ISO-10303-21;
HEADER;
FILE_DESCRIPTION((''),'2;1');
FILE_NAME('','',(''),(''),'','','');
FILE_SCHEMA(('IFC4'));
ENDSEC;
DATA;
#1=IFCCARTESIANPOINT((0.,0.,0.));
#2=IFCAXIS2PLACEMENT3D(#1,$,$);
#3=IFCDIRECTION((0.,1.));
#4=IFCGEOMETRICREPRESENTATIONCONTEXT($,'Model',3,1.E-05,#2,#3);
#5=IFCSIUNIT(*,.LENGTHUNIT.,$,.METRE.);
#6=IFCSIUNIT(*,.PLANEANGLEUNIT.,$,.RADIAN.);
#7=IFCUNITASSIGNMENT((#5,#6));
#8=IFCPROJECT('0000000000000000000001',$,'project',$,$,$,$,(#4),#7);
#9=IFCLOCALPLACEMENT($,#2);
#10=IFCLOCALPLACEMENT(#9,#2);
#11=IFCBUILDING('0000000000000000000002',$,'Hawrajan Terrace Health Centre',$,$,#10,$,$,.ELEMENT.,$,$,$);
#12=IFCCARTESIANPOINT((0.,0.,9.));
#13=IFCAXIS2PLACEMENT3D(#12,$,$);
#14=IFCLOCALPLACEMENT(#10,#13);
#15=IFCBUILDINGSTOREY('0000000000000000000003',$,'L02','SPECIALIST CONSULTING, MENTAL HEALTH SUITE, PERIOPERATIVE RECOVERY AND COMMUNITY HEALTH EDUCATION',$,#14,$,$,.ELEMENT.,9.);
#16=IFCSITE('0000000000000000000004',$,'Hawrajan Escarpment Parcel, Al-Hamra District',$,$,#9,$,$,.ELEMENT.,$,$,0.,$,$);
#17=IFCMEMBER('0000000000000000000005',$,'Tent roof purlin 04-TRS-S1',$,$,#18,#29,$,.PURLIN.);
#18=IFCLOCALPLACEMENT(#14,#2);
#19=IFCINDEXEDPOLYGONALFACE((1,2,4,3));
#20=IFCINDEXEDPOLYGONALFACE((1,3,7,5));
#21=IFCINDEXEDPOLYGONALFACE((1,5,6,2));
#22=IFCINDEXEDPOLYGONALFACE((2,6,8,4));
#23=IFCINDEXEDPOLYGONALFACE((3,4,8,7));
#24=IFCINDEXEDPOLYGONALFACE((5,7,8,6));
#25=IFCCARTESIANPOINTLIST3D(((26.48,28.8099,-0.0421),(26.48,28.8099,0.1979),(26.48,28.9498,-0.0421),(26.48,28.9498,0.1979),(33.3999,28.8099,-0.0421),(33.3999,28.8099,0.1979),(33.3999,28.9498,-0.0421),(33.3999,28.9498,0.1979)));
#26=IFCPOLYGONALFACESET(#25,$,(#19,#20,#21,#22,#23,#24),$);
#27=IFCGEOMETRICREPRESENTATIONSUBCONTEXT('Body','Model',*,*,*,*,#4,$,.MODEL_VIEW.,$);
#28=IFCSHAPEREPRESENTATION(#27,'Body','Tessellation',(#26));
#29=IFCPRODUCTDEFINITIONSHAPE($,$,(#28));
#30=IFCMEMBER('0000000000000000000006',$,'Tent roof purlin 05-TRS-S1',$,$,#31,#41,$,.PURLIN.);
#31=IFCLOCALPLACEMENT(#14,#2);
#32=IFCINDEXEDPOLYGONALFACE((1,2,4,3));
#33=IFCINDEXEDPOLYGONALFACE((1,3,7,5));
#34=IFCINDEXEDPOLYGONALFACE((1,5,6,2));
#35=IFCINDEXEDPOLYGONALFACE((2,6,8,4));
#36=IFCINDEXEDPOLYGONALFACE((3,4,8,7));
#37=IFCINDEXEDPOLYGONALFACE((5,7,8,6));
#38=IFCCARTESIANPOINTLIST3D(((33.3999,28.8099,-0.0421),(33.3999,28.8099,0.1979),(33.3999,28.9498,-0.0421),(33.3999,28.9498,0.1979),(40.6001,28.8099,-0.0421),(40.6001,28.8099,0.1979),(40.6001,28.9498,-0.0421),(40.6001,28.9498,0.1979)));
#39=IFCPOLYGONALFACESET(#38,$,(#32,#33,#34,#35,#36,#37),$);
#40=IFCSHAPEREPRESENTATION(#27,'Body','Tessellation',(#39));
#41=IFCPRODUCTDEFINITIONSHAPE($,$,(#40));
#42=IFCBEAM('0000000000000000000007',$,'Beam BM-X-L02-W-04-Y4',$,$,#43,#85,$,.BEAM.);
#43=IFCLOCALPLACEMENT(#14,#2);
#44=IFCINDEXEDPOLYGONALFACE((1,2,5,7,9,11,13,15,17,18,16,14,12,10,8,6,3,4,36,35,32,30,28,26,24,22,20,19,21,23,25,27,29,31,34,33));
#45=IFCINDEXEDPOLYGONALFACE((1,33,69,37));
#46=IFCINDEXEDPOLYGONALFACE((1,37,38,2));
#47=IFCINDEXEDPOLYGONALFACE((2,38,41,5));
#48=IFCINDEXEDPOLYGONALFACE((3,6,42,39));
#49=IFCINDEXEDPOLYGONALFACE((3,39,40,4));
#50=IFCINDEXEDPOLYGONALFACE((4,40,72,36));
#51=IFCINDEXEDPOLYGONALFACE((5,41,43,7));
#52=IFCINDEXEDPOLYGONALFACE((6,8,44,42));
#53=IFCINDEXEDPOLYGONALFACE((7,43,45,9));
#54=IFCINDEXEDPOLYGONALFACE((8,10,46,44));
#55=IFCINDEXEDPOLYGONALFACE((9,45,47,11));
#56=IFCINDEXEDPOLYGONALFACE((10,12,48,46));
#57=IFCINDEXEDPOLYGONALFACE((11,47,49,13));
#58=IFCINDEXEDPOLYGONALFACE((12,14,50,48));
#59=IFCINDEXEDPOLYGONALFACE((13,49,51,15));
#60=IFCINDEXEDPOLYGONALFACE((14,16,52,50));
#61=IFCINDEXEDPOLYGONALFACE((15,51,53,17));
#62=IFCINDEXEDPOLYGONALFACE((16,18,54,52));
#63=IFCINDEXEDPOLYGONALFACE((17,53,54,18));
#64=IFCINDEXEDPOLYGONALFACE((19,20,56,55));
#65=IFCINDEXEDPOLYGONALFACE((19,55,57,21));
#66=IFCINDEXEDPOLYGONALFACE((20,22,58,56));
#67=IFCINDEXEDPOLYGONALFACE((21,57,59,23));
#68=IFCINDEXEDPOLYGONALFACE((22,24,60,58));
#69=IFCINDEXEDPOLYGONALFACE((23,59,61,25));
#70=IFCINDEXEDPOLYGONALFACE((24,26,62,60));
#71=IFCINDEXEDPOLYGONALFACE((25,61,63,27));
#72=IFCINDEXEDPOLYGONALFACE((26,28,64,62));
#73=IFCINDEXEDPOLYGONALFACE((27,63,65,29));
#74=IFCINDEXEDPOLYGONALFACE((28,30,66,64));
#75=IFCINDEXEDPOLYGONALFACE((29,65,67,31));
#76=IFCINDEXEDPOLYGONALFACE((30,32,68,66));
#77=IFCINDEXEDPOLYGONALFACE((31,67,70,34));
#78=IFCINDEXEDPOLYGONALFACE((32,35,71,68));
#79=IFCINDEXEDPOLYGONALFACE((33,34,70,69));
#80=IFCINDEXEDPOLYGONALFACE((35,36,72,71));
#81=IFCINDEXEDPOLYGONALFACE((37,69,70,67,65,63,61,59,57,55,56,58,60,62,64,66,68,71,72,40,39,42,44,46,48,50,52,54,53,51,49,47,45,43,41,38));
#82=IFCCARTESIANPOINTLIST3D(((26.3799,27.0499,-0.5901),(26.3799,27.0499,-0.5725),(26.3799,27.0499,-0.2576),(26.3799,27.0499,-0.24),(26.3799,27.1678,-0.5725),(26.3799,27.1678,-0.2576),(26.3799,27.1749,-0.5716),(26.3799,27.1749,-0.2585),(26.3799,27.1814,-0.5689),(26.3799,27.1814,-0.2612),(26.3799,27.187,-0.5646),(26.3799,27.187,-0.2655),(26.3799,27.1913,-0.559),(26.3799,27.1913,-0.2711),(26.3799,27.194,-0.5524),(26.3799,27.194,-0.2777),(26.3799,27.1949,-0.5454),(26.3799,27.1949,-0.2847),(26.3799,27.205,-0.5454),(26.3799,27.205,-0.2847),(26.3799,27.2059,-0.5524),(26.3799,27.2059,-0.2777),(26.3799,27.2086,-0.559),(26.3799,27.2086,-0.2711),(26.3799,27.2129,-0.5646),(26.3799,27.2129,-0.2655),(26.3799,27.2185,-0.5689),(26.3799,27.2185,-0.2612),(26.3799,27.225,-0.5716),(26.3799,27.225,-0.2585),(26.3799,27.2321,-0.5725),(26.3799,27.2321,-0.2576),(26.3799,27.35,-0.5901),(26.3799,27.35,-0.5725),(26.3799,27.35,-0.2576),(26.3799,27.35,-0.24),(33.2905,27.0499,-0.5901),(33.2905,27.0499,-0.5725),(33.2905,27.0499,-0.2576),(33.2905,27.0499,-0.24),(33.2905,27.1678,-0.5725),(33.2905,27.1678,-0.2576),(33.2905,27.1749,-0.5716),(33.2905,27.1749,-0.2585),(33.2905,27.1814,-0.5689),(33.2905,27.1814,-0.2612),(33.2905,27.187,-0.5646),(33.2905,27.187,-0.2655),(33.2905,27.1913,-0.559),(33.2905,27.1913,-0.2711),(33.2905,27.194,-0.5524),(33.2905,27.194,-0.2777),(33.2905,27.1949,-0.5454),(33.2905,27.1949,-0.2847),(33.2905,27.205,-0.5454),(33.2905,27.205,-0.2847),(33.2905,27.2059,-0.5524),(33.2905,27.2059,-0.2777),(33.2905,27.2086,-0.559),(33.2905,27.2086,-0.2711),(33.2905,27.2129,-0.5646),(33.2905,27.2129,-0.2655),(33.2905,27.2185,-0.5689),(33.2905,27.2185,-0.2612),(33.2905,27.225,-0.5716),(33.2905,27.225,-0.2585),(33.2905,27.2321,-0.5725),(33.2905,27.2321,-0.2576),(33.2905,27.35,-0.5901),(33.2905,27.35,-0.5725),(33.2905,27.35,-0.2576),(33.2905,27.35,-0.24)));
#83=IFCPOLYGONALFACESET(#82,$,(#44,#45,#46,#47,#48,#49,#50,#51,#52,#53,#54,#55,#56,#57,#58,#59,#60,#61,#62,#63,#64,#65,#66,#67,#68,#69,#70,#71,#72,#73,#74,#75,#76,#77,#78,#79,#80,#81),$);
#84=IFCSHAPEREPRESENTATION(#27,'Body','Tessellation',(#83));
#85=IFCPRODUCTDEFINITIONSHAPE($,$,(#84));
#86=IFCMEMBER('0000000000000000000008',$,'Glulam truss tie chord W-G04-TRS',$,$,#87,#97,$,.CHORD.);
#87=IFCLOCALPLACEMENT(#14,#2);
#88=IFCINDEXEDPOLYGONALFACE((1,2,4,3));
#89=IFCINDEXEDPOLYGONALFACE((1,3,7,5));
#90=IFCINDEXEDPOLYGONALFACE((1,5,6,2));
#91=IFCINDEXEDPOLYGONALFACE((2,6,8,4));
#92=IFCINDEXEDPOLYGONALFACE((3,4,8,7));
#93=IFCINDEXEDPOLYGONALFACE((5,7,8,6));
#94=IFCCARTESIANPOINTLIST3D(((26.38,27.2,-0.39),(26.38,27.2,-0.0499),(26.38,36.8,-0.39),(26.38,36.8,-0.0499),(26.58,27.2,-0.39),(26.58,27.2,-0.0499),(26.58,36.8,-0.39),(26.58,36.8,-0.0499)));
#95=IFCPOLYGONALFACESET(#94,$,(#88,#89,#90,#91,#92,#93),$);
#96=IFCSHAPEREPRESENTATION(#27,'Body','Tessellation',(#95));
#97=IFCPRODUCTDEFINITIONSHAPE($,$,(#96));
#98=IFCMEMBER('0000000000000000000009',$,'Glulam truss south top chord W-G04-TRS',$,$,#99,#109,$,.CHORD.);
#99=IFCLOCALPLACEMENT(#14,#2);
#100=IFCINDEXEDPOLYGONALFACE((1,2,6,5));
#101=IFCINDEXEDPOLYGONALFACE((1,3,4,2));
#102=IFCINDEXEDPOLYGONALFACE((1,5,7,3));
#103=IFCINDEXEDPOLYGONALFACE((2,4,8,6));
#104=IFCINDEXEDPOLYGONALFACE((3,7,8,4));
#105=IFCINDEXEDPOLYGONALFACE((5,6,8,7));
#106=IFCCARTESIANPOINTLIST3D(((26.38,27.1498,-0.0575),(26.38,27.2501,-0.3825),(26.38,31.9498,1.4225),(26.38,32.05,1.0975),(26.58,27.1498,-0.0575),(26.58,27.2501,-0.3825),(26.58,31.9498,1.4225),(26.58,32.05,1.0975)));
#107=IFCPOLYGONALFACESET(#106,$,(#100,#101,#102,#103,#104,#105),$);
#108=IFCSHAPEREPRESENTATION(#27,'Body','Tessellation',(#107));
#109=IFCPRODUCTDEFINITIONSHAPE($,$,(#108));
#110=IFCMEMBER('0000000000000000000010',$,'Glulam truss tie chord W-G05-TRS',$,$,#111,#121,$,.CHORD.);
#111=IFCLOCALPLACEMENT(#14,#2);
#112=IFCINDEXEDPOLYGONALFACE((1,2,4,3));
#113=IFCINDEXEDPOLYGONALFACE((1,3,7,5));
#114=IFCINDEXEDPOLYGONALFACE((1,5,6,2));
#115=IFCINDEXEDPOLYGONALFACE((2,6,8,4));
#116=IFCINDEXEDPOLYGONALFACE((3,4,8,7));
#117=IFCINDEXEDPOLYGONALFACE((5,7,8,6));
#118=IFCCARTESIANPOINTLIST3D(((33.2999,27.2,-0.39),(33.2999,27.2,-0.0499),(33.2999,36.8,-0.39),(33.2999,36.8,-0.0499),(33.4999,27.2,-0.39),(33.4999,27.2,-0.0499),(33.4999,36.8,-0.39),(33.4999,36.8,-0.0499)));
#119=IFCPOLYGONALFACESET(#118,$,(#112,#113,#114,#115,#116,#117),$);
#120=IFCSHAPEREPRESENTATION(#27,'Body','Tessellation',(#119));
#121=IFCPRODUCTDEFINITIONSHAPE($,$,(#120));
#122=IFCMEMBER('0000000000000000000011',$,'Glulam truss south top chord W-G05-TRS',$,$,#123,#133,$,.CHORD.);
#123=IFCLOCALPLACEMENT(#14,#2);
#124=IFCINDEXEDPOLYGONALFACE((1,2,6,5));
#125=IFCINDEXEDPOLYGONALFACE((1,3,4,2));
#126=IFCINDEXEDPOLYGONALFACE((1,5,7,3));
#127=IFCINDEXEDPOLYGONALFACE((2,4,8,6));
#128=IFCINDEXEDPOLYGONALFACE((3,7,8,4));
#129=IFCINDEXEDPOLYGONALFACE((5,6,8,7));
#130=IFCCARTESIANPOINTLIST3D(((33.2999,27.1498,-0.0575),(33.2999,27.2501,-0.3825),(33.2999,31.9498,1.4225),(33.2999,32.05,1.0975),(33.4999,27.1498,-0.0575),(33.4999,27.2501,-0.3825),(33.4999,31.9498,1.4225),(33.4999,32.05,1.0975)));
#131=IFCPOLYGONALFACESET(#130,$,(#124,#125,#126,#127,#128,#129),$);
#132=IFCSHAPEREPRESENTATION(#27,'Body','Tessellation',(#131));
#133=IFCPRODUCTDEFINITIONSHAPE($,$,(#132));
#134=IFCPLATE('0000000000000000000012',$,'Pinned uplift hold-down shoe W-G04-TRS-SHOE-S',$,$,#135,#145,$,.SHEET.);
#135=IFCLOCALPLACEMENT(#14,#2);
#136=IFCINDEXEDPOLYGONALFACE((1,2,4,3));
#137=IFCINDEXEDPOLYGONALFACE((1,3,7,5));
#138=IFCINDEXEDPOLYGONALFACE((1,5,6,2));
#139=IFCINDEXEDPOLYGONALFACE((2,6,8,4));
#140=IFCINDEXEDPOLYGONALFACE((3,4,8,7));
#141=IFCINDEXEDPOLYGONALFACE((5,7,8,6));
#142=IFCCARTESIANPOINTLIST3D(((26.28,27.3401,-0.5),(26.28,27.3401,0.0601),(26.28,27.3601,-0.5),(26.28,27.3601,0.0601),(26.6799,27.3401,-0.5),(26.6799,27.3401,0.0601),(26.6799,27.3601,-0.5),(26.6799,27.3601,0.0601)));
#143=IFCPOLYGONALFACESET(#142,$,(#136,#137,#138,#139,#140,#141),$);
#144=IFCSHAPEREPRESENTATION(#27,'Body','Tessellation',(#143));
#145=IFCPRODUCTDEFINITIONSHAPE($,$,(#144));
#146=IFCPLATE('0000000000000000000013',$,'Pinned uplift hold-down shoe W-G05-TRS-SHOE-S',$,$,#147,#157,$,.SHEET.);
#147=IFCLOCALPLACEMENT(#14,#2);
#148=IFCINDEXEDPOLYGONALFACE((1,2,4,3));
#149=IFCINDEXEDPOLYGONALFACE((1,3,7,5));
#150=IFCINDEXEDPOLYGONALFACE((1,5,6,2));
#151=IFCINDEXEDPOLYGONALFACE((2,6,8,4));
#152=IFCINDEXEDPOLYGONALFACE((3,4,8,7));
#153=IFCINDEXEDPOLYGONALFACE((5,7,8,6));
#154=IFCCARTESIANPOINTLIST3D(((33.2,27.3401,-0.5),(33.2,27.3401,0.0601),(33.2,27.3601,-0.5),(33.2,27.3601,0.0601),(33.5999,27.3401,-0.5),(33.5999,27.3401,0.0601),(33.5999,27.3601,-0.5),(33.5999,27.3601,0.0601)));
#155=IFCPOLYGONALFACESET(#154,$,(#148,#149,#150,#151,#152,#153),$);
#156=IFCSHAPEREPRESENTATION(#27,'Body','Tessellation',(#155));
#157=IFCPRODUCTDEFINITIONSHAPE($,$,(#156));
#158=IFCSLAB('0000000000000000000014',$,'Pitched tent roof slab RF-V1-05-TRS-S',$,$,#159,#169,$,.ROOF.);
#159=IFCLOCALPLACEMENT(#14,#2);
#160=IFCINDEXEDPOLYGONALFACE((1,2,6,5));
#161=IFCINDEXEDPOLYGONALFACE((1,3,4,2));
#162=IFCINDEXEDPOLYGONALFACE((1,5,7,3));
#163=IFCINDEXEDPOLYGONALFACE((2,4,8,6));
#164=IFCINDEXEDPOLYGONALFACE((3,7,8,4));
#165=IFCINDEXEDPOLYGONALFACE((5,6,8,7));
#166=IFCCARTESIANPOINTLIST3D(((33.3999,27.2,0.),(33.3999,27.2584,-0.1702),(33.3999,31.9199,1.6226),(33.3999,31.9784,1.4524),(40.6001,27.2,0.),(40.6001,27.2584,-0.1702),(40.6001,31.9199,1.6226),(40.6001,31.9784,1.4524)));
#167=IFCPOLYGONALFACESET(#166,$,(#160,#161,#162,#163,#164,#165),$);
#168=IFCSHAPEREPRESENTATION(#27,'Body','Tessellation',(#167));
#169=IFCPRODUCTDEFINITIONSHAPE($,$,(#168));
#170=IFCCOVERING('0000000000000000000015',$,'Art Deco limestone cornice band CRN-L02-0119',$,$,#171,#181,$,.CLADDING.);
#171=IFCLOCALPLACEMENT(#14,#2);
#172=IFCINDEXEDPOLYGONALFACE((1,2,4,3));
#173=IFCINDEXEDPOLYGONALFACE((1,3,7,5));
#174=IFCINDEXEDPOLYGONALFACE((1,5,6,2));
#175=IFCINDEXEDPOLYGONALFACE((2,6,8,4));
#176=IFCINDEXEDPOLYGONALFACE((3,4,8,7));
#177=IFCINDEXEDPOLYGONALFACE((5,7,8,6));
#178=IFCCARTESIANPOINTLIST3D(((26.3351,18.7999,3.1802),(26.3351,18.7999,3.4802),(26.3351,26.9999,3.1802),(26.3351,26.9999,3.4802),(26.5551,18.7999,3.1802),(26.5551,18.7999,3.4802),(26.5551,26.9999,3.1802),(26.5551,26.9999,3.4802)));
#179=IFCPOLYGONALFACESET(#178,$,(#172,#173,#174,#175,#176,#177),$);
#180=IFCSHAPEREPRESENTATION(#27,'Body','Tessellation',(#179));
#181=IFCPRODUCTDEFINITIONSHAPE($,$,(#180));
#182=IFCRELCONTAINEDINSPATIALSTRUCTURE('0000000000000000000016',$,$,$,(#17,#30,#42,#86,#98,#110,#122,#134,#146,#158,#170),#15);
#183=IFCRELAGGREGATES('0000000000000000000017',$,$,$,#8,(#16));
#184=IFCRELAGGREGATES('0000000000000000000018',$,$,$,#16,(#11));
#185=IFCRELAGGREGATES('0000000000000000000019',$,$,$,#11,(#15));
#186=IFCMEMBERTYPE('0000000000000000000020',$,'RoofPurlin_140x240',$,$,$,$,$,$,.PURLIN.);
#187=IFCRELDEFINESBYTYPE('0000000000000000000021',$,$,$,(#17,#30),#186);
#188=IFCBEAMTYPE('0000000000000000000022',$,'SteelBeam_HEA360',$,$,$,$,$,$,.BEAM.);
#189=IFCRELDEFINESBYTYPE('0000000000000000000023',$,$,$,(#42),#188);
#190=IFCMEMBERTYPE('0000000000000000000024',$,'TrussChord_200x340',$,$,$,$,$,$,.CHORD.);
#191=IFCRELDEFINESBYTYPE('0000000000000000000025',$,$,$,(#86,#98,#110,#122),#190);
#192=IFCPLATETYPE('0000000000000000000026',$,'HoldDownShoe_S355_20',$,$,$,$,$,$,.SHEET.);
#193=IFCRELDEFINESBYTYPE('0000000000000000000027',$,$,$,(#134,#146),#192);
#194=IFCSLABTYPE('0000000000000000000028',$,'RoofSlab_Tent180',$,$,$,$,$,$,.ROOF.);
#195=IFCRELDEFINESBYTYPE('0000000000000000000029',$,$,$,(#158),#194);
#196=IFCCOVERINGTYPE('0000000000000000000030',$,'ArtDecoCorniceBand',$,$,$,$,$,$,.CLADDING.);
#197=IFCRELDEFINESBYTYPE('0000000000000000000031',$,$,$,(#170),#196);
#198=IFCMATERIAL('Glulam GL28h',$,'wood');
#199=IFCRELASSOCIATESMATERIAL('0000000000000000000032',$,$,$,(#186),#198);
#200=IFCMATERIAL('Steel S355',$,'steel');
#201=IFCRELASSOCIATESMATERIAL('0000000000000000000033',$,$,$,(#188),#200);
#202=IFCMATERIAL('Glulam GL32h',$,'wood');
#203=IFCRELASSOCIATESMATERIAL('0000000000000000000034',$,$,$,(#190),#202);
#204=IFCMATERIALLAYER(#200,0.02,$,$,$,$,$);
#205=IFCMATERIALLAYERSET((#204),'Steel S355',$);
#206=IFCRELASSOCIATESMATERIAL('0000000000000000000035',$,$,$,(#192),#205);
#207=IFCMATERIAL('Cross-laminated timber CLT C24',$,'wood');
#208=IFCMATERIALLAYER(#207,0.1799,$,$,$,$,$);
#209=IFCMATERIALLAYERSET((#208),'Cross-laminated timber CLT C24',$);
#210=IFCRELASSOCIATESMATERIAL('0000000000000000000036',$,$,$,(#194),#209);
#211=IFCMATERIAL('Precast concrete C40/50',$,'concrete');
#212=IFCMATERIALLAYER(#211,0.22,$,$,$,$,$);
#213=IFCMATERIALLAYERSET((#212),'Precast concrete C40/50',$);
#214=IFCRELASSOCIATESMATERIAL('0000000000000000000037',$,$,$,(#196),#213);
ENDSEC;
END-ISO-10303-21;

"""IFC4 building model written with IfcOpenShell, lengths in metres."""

from ifc_helpers import new_model, si_unit, direction, frame, origin, origin_2d, place, context, subcontext, project, spatial, polyline, rectangle, i_section, outline, extrude, material, layer, layer_set, material_profile, profile_set, type_object, element, save


model = new_model("IFC4")

# Units and contexts
model_context = context("Model", 3, precision=1e-05, world=origin(), true_north=direction((0.0, 1.0)))
body_context = subcontext(model_context, "Body", "Model", "MODEL_VIEW")
ifc_project = project(units=[si_unit("LENGTHUNIT", "METRE"), si_unit("PLANEANGLEUNIT", "RADIAN")], contexts=[model_context])

# Site, building, storey
site_placement = place(None, origin())
site = spatial("IfcSite", under=ifc_project, at=site_placement, Name="Hawrajan Escarpment Parcel, Al-Hamra District", CompositionType="ELEMENT", RefElevation=0.0)
building_placement = place(site_placement, origin())
building = spatial("IfcBuilding", under=site, at=building_placement, Name="Hawrajan Terrace Health Centre", CompositionType="ELEMENT")
storey_placement = place(building_placement, frame((0.0, 0.0, 9.0)))
storey = spatial("IfcBuildingStorey", under=building, at=storey_placement, Name="L02", Description="SPECIALIST CONSULTING, MENTAL HEALTH SUITE, PERIOPERATIVE RECOVERY AND COMMUNITY HEALTH EDUCATION", CompositionType="ELEMENT", Elevation=9.0)

# Members
ifc_material_1 = material(Name="Glulam GL28h", Category="wood")
ifc_material_profile_1 = material_profile(ifc_material_1, rectangle(XDim=0.1399, YDim=0.24, at=origin_2d()), Name="GL PUR 140x240")
ifc_profile_set_1 = profile_set([ifc_material_profile_1], Name="Glulam GL28h")
member_type_1 = type_object("IfcMemberType", Name="RoofPurlin_140x240", PredefinedType="PURLIN", material=ifc_profile_set_1)
member_1_placement = place(storey_placement, frame((26.48, 28.8799, 0.0779), z_axis=(1.0, 0.0, 0.0), x_axis=(0.0, 1.0, 0.0)))
element("IfcMember", 1, at=member_1_placement, inside=storey, type_object=member_type_1, Name="Tent roof purlin 04-TRS-S1", PredefinedType="PURLIN", context=body_context, shape_type="SweptSolid", body=[
    extrude(rectangle(XDim=0.1399, YDim=0.24, at=origin_2d()), origin(), (0.0, 0.0, 1.0), 6.9199),
])
member_2_placement = place(storey_placement, frame((33.3999, 28.8799, 0.0779), z_axis=(1.0, 0.0, 0.0), x_axis=(0.0, 1.0, 0.0)))
element("IfcMember", 2, at=member_2_placement, inside=storey, type_object=member_type_1, Name="Tent roof purlin 05-TRS-S1", PredefinedType="PURLIN", context=body_context, shape_type="SweptSolid", body=[
    extrude(rectangle(XDim=0.1399, YDim=0.24, at=origin_2d()), origin(), (0.0, 0.0, 1.0), 7.2002),
])

# Beam
ifc_material_2 = material(Name="Steel S355", Category="steel")
ifc_material_profile_2 = material_profile(ifc_material_2, i_section(OverallWidth=0.3, OverallDepth=0.3501, WebThickness=0.01, FlangeThickness=0.0176, FilletRadius=0.0271, at=origin_2d()), Name="HEA 360")
ifc_profile_set_2 = profile_set([ifc_material_profile_2], Name="Steel S355")
beam_type = type_object("IfcBeamType", Name="SteelBeam_HEA360", PredefinedType="BEAM", material=ifc_profile_set_2)
beam_placement = place(storey_placement, frame((26.3799, 27.2, -0.415), z_axis=(1.0, 0.0, 0.0), x_axis=(0.0, 1.0, 0.0)))
element("IfcBeam", 3, at=beam_placement, inside=storey, type_object=beam_type, Name="Beam BM-X-L02-W-04-Y4", PredefinedType="BEAM", context=body_context, shape_type="SweptSolid", body=[
    extrude(i_section(OverallWidth=0.3, OverallDepth=0.3501, WebThickness=0.01, FlangeThickness=0.0176, FilletRadius=0.0271, at=origin_2d()), origin(), (0.0, 0.0, 1.0), 6.9106),
])

# Members
ifc_material_3 = material(Name="Glulam GL32h", Category="wood")
ifc_material_profile_3 = material_profile(ifc_material_3, rectangle(XDim=0.2, YDim=0.3401, at=origin_2d()), Name="GL CHD 200x340")
ifc_profile_set_3 = profile_set([ifc_material_profile_3], Name="Glulam GL32h")
member_type_2 = type_object("IfcMemberType", Name="TrussChord_200x340", PredefinedType="CHORD", material=ifc_profile_set_3)
member_3_placement = place(storey_placement, frame((26.48, 27.2, -0.22), z_axis=(0.0, 1.0, 0.0), x_axis=(-1.0, 0.0, 0.0)))
element("IfcMember", 4, at=member_3_placement, inside=storey, type_object=member_type_2, Name="Glulam truss tie chord W-G04-TRS", PredefinedType="CHORD", context=body_context, shape_type="SweptSolid", body=[
    extrude(rectangle(XDim=0.2, YDim=0.3401, at=origin_2d()), origin(), (0.0, 0.0, 1.0), 9.6001),
])
member_4_placement = place(storey_placement, frame((26.48, 27.2, -0.22), z_axis=(0.0, 0.955609, 0.294639), x_axis=(-1.0, 0.0, 0.0)))
element("IfcMember", 5, at=member_4_placement, inside=storey, type_object=member_type_2, Name="Glulam truss south top chord W-G04-TRS", PredefinedType="CHORD", context=body_context, shape_type="SweptSolid", body=[
    extrude(rectangle(XDim=0.2, YDim=0.3401, at=origin_2d()), origin(), (0.0, 0.0, 1.0), 5.0229),
])
member_5_placement = place(storey_placement, frame((33.3999, 27.2, -0.22), z_axis=(0.0, 1.0, 0.0), x_axis=(-1.0, 0.0, 0.0)))
element("IfcMember", 6, at=member_5_placement, inside=storey, type_object=member_type_2, Name="Glulam truss tie chord W-G05-TRS", PredefinedType="CHORD", context=body_context, shape_type="SweptSolid", body=[
    extrude(rectangle(XDim=0.2, YDim=0.3401, at=origin_2d()), origin(), (0.0, 0.0, 1.0), 9.6001),
])
member_6_placement = place(storey_placement, frame((33.3999, 27.2, -0.22), z_axis=(0.0, 0.955609, 0.294639), x_axis=(-1.0, 0.0, 0.0)))
element("IfcMember", 7, at=member_6_placement, inside=storey, type_object=member_type_2, Name="Glulam truss south top chord W-G05-TRS", PredefinedType="CHORD", context=body_context, shape_type="SweptSolid", body=[
    extrude(rectangle(XDim=0.2, YDim=0.3401, at=origin_2d()), origin(), (0.0, 0.0, 1.0), 5.0229),
])

# Plates
ifc_layer_1 = layer(ifc_material_2, 0.02)
ifc_layer_set_1 = layer_set([ifc_layer_1], Name="Steel S355")
plate_type = type_object("IfcPlateType", Name="HoldDownShoe_S355_20", PredefinedType="SHEET", material=ifc_layer_set_1)
for number, where, z_axis, x_axis, name in (
    (8, (26.48, 27.3501, -0.5), (0.0, 0.0, 1.0), (1.0, 0.0, 0.0), "Pinned uplift hold-down shoe W-G04-TRS-SHOE-S"),
    (9, (33.3999, 27.3501, -0.5), (0.0, 0.0, 1.0), (1.0, 0.0, 0.0), "Pinned uplift hold-down shoe W-G05-TRS-SHOE-S"),
):
    element("IfcPlate", number, at=place(storey_placement, frame(where, z_axis=z_axis, x_axis=x_axis)), inside=storey, type_object=plate_type, Name=name, PredefinedType="SHEET", context=body_context, shape_type="SweptSolid", body=[
        extrude(rectangle(XDim=0.3999, YDim=0.02, at=origin_2d()), origin(), (0.0, 0.0, 1.0), 0.5601),
    ])

# Slab
ifc_material_4 = material(Name="Cross-laminated timber CLT C24", Category="wood")
ifc_layer_2 = layer(ifc_material_4, 0.1799)
ifc_layer_set_2 = layer_set([ifc_layer_2], Name="Cross-laminated timber CLT C24")
slab_type = type_object("IfcSlabType", Name="RoofSlab_Tent180", PredefinedType="ROOF", material=ifc_layer_set_2)
slab_placement = place(storey_placement, frame((33.3999, 27.2, 0.0), z_axis=(0.0, -0.325092, 0.945682), x_axis=(1.0, 0.0, 0.0)))
element("IfcSlab", 10, at=slab_placement, inside=storey, type_object=slab_type, Name="Pitched tent roof slab RF-V1-05-TRS-S", PredefinedType="ROOF", context=body_context, shape_type="SweptSolid", body=[
    extrude(outline(polyline([(0.0, 0.0), (7.2002, 0.0), (7.2002, 4.9911), (0.0, 4.9911), (0.0, 0.0)])), origin(), (0.0, 0.0, -1.0), 0.1799),
])

# Covering
ifc_material_5 = material(Name="Precast concrete C40/50", Category="concrete")
ifc_layer_3 = layer(ifc_material_5, 0.22)
ifc_layer_set_3 = layer_set([ifc_layer_3], Name="Precast concrete C40/50")
covering_type_1 = type_object("IfcCoveringType", Name="ArtDecoCorniceBand", PredefinedType="CLADDING", material=ifc_layer_set_3)
covering_1_placement = place(storey_placement, frame((26.4451, 22.8999, 3.1802), z_axis=(0.0, 0.0, 1.0), x_axis=(0.0, 1.0, 0.0)))
element("IfcCovering", 11, at=covering_1_placement, inside=storey, type_object=covering_type_1, Name="Art Deco limestone cornice band CRN-L02-0119", PredefinedType="CLADDING", context=body_context, shape_type="SweptSolid", body=[
    extrude(rectangle(XDim=8.2, YDim=0.22, at=origin_2d()), origin(), (0.0, 0.0, 1.0), 0.3),
])

save(model, "model.ifc")
